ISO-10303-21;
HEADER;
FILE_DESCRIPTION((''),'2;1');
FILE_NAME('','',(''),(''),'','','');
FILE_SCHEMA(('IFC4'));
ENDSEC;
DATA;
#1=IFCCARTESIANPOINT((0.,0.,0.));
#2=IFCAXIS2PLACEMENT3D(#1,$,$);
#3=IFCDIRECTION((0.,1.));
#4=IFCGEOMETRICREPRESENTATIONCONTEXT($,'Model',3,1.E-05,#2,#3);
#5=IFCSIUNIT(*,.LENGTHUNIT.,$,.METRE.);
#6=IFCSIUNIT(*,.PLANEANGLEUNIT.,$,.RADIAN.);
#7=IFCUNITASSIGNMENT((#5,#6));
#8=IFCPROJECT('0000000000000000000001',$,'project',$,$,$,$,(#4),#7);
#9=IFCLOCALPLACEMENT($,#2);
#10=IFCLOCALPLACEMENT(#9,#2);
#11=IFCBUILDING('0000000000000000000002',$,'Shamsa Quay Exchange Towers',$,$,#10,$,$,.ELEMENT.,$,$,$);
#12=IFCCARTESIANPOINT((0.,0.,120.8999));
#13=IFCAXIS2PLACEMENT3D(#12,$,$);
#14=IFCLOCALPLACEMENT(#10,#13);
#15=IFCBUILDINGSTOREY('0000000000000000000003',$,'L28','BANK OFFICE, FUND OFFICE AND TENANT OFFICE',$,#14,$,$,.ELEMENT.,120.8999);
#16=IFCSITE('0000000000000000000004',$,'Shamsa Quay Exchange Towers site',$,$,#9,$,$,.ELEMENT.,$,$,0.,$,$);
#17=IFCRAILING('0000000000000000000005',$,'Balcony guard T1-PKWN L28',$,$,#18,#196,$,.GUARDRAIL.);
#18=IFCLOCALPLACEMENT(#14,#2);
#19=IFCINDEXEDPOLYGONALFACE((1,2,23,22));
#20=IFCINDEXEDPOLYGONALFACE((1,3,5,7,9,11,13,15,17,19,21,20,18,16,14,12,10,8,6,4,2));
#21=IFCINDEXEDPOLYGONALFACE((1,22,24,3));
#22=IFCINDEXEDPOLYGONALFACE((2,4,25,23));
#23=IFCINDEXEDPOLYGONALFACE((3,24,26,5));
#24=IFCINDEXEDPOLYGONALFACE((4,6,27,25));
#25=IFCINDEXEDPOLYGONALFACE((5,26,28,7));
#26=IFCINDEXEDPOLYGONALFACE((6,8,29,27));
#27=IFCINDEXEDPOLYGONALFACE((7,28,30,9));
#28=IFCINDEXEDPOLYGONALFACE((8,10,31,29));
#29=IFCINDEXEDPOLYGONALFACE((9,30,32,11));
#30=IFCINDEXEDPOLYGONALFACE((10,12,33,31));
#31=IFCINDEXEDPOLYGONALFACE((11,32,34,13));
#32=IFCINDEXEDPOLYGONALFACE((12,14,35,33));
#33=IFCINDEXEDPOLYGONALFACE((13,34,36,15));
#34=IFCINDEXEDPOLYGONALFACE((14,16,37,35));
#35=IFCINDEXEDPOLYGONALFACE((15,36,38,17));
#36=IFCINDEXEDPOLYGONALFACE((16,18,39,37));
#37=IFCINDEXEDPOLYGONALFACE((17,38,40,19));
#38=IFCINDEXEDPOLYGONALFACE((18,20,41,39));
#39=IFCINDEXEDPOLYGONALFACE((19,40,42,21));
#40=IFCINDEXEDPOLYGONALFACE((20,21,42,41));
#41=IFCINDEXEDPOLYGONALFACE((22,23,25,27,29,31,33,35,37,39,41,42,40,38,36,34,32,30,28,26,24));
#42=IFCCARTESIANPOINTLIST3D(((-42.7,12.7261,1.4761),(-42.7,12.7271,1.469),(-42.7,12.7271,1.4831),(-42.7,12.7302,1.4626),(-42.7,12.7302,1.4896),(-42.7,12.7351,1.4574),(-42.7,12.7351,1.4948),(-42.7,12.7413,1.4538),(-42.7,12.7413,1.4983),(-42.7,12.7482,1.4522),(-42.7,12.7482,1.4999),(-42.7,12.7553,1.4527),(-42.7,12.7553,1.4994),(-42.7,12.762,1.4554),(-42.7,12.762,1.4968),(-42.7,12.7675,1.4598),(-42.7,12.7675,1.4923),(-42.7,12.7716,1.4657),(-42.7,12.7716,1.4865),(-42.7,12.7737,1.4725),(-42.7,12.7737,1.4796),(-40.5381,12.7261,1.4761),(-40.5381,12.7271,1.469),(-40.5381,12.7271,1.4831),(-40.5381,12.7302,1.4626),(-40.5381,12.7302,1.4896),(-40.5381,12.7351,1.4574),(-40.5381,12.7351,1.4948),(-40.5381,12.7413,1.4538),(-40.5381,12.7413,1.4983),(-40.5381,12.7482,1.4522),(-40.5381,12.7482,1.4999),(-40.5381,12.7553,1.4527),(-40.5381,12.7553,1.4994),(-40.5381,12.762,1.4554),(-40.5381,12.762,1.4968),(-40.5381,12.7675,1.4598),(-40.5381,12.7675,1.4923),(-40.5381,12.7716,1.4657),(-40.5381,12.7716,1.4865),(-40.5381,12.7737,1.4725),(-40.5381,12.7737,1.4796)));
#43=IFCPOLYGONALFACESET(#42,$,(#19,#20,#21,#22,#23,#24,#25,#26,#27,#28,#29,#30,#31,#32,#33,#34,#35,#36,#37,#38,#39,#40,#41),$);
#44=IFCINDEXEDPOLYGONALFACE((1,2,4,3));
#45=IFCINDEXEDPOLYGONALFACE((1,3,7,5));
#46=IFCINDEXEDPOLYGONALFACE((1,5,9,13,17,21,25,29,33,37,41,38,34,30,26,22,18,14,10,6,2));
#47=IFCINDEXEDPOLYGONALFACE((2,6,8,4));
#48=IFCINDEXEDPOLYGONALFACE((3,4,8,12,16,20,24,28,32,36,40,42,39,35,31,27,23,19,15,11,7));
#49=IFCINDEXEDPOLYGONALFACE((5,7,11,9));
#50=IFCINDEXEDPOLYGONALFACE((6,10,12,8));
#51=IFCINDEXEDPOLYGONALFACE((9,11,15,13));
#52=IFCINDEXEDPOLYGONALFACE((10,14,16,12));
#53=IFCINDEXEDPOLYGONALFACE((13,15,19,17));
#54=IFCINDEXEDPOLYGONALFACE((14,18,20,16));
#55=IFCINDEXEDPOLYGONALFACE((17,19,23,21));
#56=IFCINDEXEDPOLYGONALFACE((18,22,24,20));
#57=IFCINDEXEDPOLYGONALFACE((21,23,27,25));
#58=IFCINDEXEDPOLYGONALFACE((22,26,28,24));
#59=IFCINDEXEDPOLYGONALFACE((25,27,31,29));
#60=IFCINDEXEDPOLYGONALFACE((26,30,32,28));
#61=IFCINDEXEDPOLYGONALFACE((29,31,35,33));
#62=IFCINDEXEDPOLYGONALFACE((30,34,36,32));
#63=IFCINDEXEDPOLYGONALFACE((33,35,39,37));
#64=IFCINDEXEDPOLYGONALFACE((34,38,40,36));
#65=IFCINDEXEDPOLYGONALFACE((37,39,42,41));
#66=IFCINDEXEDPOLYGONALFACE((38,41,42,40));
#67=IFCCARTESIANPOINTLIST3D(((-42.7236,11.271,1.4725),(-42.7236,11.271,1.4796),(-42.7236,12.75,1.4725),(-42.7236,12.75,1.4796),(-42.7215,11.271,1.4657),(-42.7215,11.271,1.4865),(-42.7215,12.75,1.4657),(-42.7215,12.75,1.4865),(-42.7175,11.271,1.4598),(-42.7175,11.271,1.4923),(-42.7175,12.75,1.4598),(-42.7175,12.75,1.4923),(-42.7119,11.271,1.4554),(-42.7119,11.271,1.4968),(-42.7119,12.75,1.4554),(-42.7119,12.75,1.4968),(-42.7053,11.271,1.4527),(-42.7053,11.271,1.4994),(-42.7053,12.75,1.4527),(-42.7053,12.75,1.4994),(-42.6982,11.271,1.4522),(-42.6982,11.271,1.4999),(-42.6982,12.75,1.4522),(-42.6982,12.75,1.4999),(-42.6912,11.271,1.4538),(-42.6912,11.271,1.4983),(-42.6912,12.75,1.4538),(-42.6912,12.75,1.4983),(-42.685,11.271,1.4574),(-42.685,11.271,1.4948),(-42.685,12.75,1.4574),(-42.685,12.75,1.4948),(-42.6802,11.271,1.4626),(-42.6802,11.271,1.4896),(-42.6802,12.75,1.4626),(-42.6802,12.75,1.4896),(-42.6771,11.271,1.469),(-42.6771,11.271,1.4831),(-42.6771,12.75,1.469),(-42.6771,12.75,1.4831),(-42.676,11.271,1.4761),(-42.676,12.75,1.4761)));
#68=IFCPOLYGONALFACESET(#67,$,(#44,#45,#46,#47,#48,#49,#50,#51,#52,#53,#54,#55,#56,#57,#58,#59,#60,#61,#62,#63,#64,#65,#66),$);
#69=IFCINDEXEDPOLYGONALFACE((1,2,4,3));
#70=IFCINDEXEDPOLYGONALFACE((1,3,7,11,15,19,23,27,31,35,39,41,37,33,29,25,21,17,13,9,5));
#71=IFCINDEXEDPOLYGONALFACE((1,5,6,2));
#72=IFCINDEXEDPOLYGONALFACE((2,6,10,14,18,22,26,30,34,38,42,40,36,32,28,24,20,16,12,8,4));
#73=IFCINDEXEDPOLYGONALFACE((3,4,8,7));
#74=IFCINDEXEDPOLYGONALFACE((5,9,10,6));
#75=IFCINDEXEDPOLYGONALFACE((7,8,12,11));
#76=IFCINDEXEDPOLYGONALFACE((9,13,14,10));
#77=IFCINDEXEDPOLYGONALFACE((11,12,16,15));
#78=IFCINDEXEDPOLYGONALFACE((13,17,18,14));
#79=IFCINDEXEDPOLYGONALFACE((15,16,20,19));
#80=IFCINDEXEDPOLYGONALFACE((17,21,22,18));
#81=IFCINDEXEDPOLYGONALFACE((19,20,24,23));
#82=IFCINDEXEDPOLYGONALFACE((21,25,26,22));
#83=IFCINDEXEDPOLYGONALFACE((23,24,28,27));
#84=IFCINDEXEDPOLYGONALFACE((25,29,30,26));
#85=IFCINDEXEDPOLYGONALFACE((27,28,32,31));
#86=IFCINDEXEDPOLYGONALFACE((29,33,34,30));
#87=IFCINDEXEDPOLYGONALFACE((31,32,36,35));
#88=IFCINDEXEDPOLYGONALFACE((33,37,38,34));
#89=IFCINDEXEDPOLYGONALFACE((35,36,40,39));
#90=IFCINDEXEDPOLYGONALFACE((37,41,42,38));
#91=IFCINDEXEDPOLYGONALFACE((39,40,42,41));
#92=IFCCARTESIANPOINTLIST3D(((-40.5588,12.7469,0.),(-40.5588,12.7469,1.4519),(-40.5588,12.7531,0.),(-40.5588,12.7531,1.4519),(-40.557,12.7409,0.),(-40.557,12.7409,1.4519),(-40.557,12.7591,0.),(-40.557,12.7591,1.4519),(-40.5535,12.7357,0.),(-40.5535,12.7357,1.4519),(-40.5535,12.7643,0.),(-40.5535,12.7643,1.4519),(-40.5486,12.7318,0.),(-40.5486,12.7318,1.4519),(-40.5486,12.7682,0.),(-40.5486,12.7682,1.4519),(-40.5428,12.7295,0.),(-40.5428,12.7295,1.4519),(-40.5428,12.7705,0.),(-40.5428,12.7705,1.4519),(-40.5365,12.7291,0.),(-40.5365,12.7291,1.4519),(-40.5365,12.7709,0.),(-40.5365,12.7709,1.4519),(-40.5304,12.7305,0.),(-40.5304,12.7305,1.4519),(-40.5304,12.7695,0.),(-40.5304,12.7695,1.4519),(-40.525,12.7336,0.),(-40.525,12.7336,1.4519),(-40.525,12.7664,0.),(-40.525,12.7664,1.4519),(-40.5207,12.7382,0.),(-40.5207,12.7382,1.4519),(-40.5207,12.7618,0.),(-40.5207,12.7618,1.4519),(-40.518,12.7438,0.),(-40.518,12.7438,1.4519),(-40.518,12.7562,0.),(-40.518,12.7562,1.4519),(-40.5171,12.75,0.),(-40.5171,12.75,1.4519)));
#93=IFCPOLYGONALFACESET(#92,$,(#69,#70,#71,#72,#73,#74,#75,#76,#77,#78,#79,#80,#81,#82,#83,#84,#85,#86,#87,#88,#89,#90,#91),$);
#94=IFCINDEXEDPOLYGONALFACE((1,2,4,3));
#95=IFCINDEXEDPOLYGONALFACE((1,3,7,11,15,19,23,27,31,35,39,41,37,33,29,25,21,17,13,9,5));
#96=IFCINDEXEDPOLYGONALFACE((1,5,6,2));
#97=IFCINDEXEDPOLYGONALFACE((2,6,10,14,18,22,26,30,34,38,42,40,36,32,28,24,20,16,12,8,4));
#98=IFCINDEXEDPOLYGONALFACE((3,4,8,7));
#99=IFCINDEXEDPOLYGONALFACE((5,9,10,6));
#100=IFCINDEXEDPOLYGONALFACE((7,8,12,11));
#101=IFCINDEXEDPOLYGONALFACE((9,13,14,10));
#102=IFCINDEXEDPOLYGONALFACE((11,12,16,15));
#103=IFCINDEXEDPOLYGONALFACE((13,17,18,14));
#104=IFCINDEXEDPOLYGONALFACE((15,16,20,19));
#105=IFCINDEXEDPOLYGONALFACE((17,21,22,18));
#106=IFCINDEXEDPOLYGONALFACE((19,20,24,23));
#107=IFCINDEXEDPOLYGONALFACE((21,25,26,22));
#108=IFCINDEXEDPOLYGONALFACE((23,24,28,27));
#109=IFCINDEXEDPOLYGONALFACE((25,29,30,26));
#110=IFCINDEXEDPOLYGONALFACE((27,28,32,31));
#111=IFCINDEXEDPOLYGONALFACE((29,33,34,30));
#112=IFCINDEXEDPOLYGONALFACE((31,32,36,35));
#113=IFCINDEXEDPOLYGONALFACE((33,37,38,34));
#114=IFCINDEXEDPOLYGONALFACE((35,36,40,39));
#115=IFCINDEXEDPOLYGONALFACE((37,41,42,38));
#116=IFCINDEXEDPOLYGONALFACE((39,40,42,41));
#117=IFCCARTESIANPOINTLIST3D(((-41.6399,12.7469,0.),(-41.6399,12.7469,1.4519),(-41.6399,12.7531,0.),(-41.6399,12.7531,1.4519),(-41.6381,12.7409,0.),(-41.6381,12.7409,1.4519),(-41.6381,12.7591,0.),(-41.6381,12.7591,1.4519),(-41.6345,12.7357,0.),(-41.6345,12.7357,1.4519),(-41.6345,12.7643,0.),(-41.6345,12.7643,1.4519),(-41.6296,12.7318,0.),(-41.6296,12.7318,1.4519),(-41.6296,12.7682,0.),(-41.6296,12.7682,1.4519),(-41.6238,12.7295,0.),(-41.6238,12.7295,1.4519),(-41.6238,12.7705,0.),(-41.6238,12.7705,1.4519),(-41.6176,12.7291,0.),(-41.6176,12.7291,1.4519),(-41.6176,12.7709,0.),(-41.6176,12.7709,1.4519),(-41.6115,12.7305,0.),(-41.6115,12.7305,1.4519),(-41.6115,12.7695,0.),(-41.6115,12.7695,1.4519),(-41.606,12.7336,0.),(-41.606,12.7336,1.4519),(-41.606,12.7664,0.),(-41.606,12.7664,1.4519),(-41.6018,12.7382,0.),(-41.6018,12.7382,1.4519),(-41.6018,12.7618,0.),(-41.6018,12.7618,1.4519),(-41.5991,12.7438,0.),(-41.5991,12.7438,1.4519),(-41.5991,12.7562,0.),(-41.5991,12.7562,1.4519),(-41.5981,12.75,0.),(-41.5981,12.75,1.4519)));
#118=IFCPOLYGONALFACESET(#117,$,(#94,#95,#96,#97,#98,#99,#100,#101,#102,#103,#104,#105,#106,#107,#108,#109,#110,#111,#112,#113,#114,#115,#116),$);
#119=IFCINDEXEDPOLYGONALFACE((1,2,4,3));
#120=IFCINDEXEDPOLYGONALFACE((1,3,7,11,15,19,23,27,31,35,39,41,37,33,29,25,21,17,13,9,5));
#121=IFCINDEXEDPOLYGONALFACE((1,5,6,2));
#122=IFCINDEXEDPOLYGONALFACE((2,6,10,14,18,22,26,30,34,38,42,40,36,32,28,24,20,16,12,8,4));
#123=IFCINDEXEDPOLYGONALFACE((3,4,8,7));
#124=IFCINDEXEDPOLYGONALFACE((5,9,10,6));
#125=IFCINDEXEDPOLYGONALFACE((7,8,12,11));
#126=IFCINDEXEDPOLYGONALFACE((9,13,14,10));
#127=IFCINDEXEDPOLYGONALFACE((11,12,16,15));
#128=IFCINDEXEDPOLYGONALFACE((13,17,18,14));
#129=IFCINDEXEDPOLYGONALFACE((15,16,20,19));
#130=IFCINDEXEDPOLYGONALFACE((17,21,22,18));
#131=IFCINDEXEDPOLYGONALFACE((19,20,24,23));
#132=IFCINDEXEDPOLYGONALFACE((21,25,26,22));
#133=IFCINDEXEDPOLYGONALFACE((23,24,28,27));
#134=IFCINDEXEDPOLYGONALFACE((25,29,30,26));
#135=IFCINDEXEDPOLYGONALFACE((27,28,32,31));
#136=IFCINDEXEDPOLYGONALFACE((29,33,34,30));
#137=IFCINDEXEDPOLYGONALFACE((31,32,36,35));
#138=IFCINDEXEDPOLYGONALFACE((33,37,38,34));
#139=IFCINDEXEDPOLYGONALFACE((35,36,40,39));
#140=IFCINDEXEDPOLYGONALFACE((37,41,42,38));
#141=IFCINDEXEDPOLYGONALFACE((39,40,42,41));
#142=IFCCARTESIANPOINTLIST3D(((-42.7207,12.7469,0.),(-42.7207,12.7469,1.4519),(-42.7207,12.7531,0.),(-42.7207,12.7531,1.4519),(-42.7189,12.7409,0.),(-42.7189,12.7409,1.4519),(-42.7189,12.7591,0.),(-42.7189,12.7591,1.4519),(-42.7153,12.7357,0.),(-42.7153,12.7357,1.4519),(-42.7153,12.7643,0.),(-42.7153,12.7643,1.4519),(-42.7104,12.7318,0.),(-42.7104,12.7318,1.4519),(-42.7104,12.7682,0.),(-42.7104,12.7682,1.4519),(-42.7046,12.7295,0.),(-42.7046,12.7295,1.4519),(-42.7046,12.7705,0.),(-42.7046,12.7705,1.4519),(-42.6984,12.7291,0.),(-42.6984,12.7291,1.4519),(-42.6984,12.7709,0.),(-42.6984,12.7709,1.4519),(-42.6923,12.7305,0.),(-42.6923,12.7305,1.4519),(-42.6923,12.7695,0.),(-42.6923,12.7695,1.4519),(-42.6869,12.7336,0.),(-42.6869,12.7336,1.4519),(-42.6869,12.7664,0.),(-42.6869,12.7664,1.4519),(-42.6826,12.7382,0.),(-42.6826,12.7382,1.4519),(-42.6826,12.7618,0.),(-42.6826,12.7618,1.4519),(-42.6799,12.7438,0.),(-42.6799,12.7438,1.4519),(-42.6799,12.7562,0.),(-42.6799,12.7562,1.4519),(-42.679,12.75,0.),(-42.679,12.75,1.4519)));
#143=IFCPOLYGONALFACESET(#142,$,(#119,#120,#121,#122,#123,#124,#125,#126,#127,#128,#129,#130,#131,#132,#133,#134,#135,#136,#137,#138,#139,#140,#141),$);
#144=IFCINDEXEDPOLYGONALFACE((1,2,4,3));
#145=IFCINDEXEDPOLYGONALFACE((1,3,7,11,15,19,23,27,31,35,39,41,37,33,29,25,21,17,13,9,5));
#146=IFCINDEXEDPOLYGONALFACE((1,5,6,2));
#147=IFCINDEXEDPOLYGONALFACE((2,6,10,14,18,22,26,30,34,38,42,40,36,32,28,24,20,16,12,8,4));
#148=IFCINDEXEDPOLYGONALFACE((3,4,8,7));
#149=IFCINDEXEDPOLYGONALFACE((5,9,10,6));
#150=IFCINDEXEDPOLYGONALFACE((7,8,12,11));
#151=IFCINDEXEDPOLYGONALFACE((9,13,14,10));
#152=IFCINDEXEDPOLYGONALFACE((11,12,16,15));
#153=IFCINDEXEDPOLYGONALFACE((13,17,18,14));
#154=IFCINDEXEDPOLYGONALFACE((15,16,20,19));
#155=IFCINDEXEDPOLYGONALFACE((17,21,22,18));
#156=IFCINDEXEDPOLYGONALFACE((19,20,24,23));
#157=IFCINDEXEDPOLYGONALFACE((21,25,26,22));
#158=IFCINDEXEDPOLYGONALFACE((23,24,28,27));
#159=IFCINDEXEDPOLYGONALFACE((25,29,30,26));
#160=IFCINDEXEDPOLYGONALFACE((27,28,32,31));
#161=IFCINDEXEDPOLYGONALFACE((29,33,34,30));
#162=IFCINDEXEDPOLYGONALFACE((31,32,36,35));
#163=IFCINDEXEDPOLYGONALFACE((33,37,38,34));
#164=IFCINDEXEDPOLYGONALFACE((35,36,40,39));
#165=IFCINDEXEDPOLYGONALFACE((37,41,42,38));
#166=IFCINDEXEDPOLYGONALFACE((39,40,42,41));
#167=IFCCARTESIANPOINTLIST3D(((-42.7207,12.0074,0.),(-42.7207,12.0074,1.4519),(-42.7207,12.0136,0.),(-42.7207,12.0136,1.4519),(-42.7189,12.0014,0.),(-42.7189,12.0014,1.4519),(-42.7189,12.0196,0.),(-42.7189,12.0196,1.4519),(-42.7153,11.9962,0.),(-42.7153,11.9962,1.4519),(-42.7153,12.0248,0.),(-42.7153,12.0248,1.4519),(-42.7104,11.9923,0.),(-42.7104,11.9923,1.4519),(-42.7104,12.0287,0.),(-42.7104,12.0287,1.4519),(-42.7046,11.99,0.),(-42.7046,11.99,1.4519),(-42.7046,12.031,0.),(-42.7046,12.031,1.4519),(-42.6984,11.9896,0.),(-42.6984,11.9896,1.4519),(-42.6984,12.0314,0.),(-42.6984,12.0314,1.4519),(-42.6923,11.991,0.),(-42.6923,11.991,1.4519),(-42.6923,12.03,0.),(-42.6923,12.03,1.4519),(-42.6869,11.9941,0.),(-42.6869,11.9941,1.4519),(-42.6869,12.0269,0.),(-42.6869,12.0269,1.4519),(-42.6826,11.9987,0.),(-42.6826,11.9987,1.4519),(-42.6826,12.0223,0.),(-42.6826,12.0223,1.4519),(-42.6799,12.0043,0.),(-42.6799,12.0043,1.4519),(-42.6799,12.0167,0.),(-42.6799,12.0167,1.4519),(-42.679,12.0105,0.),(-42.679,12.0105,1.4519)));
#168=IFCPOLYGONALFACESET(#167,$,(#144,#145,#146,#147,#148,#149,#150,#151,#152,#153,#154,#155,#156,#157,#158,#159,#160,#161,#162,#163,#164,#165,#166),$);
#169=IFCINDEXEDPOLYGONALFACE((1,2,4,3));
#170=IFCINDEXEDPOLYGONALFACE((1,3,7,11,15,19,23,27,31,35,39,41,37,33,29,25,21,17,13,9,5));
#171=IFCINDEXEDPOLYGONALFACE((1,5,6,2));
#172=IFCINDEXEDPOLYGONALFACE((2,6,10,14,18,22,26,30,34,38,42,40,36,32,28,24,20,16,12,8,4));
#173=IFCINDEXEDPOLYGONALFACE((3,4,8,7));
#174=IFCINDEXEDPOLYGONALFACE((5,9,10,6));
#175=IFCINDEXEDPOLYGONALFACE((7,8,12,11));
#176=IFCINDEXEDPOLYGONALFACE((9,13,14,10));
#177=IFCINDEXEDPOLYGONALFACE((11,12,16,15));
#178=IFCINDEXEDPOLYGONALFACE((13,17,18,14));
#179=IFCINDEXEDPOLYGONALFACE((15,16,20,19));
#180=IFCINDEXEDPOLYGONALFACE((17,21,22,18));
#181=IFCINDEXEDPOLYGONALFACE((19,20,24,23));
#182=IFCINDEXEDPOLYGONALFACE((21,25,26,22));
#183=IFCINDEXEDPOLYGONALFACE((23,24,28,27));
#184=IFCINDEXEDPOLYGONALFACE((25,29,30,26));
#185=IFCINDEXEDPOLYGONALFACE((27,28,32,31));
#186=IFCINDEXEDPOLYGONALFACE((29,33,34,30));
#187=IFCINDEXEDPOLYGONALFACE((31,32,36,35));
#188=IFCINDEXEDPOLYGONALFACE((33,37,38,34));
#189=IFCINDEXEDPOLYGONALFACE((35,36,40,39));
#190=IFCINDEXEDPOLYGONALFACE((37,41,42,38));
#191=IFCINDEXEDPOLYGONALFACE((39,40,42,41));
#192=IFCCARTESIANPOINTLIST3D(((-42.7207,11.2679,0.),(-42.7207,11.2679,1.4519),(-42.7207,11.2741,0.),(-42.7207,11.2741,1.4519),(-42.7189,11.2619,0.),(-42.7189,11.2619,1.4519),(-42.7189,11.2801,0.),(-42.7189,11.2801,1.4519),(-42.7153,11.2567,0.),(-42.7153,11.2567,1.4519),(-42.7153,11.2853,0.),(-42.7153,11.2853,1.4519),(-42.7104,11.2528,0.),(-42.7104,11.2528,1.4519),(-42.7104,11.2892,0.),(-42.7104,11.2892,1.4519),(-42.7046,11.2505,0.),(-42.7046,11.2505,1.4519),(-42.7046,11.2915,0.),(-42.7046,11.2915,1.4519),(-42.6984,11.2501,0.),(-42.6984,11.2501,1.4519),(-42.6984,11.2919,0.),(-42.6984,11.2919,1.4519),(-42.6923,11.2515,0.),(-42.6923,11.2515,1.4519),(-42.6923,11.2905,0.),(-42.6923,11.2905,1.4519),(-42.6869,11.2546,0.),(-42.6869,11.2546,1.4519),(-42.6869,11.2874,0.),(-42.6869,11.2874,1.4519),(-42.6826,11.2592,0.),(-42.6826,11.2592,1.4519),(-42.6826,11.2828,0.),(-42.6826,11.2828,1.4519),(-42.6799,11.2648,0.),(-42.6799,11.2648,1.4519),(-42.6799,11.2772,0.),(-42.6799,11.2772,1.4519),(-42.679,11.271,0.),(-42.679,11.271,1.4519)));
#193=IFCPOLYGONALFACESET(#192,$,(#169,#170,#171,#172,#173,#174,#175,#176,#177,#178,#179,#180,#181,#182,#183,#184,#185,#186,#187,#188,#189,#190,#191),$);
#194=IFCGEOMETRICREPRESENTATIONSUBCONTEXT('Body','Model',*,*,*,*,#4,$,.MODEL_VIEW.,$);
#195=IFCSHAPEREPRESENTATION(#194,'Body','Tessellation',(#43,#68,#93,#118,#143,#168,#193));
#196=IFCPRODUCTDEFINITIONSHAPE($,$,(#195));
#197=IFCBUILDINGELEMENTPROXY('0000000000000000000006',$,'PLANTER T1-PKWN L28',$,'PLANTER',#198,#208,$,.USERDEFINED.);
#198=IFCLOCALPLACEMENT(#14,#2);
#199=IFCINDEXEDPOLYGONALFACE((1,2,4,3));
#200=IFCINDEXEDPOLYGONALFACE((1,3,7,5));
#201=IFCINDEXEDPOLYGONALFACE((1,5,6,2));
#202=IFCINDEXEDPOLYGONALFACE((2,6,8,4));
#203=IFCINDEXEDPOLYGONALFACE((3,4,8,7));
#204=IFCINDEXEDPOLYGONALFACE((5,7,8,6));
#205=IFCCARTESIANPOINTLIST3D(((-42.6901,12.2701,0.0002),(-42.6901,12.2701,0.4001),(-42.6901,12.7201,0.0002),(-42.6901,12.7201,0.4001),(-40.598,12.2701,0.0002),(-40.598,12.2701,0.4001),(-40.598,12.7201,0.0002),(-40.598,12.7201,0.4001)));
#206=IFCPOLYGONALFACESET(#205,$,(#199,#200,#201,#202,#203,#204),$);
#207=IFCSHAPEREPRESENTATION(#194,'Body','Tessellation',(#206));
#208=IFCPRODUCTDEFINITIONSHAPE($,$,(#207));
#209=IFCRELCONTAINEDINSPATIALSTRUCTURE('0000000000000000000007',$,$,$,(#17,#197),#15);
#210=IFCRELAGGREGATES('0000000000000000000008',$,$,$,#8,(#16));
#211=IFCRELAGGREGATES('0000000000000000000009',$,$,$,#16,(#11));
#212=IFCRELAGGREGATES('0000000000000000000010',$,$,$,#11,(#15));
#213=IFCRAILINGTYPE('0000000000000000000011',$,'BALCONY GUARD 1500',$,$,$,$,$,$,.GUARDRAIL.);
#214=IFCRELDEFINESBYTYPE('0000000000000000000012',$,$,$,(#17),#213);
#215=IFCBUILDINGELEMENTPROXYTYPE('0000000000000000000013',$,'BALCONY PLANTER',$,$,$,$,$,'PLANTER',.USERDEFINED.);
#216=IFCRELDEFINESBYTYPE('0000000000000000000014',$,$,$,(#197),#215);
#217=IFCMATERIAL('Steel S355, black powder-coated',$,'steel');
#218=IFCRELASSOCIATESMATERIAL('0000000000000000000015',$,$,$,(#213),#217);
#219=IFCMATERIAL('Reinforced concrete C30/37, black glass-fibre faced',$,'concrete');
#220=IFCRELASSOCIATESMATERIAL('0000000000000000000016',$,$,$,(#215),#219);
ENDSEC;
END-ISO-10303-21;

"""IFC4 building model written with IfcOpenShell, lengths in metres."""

from ifc_helpers import new_model, si_unit, direction, frame, origin, origin_2d, place, context, subcontext, project, spatial, rectangle, circle, extrude, material, type_object, element, save


model = new_model("IFC4")

# Units and contexts
model_context = context("Model", 3, precision=1e-05, world=origin(), true_north=direction((0.0, 1.0)))
body_context = subcontext(model_context, "Body", "Model", "MODEL_VIEW")
ifc_project = project(units=[si_unit("LENGTHUNIT", "METRE"), si_unit("PLANEANGLEUNIT", "RADIAN")], contexts=[model_context])

# Site, building, storey
site_placement = place(None, origin())
site = spatial("IfcSite", under=ifc_project, at=site_placement, Name="Shamsa Quay Exchange Towers site", CompositionType="ELEMENT", RefElevation=0.0)
building_placement = place(site_placement, origin())
building = spatial("IfcBuilding", under=site, at=building_placement, Name="Shamsa Quay Exchange Towers", CompositionType="ELEMENT")
storey_placement = place(building_placement, frame((0.0, 0.0, 120.8999)))
storey = spatial("IfcBuildingStorey", under=building, at=storey_placement, Name="L28", Description="BANK OFFICE, FUND OFFICE AND TENANT OFFICE", CompositionType="ELEMENT", Elevation=120.8999)

# Railing
ifc_material_1 = material(Name="Steel S355, black powder-coated", Category="steel")
railing_type = type_object("IfcRailingType", Name="BALCONY GUARD 1500", PredefinedType="GUARDRAIL", material=ifc_material_1)
railing_placement = place(storey_placement, frame((-40.5381, 12.75, 0.0)))
element("IfcRailing", 1, at=railing_placement, inside=storey, type_object=railing_type, Name="Balcony guard T1-PKWN L28", PredefinedType="GUARDRAIL", context=body_context, shape_type="SweptSolid", body=[
    extrude(circle(Radius=0.0239, at=origin_2d()), frame((0.0, 0.0, 1.4761), z_axis=(-1.0, 0.0, 0.0), x_axis=(0.0, -1.0, 0.0)), (0.0, 0.0, 1.0), 2.1619),
    extrude(circle(Radius=0.0239, at=origin_2d()), frame((-2.1619, 0.0, 1.4761), z_axis=(0.0, -1.0, 0.0), x_axis=(1.0, 0.0, 0.0)), (0.0, 0.0, 1.0), 1.479),
    extrude(circle(Radius=0.021, at=origin_2d()), origin(), (0.0, 0.0, 1.0), 1.4519),
    extrude(circle(Radius=0.021, at=origin_2d()), frame((-1.0811, 0.0, 0.0)), (0.0, 0.0, 1.0), 1.4519),
    extrude(circle(Radius=0.021, at=origin_2d()), frame((-2.1619, 0.0, 0.0)), (0.0, 0.0, 1.0), 1.4519),
    extrude(circle(Radius=0.021, at=origin_2d()), frame((-2.1619, -0.7395, 0.0)), (0.0, 0.0, 1.0), 1.4519),
    extrude(circle(Radius=0.021, at=origin_2d()), frame((-2.1619, -1.479, 0.0)), (0.0, 0.0, 1.0), 1.4519),
])

# Building element proxy
ifc_material_2 = material(Name="Reinforced concrete C30/37, black glass-fibre faced", Category="concrete")
building_element_proxy_type = type_object("IfcBuildingElementProxyType", Name="BALCONY PLANTER", ElementType="PLANTER", PredefinedType="USERDEFINED", material=ifc_material_2)
proxy_placement = place(storey_placement, frame((-41.644, 12.4951, 0.0002), z_axis=(0.0, 0.0, 1.0), x_axis=(-1.0, 0.0, 0.0)))
element("IfcBuildingElementProxy", 2, at=proxy_placement, inside=storey, type_object=building_element_proxy_type, Name="PLANTER T1-PKWN L28", ObjectType="PLANTER", PredefinedType="USERDEFINED", context=body_context, shape_type="SweptSolid", body=[
    extrude(rectangle(XDim=2.092, YDim=0.45, at=origin_2d()), origin(), (0.0, 0.0, 1.0), 0.3999),
])

save(model, "model.ifc")
